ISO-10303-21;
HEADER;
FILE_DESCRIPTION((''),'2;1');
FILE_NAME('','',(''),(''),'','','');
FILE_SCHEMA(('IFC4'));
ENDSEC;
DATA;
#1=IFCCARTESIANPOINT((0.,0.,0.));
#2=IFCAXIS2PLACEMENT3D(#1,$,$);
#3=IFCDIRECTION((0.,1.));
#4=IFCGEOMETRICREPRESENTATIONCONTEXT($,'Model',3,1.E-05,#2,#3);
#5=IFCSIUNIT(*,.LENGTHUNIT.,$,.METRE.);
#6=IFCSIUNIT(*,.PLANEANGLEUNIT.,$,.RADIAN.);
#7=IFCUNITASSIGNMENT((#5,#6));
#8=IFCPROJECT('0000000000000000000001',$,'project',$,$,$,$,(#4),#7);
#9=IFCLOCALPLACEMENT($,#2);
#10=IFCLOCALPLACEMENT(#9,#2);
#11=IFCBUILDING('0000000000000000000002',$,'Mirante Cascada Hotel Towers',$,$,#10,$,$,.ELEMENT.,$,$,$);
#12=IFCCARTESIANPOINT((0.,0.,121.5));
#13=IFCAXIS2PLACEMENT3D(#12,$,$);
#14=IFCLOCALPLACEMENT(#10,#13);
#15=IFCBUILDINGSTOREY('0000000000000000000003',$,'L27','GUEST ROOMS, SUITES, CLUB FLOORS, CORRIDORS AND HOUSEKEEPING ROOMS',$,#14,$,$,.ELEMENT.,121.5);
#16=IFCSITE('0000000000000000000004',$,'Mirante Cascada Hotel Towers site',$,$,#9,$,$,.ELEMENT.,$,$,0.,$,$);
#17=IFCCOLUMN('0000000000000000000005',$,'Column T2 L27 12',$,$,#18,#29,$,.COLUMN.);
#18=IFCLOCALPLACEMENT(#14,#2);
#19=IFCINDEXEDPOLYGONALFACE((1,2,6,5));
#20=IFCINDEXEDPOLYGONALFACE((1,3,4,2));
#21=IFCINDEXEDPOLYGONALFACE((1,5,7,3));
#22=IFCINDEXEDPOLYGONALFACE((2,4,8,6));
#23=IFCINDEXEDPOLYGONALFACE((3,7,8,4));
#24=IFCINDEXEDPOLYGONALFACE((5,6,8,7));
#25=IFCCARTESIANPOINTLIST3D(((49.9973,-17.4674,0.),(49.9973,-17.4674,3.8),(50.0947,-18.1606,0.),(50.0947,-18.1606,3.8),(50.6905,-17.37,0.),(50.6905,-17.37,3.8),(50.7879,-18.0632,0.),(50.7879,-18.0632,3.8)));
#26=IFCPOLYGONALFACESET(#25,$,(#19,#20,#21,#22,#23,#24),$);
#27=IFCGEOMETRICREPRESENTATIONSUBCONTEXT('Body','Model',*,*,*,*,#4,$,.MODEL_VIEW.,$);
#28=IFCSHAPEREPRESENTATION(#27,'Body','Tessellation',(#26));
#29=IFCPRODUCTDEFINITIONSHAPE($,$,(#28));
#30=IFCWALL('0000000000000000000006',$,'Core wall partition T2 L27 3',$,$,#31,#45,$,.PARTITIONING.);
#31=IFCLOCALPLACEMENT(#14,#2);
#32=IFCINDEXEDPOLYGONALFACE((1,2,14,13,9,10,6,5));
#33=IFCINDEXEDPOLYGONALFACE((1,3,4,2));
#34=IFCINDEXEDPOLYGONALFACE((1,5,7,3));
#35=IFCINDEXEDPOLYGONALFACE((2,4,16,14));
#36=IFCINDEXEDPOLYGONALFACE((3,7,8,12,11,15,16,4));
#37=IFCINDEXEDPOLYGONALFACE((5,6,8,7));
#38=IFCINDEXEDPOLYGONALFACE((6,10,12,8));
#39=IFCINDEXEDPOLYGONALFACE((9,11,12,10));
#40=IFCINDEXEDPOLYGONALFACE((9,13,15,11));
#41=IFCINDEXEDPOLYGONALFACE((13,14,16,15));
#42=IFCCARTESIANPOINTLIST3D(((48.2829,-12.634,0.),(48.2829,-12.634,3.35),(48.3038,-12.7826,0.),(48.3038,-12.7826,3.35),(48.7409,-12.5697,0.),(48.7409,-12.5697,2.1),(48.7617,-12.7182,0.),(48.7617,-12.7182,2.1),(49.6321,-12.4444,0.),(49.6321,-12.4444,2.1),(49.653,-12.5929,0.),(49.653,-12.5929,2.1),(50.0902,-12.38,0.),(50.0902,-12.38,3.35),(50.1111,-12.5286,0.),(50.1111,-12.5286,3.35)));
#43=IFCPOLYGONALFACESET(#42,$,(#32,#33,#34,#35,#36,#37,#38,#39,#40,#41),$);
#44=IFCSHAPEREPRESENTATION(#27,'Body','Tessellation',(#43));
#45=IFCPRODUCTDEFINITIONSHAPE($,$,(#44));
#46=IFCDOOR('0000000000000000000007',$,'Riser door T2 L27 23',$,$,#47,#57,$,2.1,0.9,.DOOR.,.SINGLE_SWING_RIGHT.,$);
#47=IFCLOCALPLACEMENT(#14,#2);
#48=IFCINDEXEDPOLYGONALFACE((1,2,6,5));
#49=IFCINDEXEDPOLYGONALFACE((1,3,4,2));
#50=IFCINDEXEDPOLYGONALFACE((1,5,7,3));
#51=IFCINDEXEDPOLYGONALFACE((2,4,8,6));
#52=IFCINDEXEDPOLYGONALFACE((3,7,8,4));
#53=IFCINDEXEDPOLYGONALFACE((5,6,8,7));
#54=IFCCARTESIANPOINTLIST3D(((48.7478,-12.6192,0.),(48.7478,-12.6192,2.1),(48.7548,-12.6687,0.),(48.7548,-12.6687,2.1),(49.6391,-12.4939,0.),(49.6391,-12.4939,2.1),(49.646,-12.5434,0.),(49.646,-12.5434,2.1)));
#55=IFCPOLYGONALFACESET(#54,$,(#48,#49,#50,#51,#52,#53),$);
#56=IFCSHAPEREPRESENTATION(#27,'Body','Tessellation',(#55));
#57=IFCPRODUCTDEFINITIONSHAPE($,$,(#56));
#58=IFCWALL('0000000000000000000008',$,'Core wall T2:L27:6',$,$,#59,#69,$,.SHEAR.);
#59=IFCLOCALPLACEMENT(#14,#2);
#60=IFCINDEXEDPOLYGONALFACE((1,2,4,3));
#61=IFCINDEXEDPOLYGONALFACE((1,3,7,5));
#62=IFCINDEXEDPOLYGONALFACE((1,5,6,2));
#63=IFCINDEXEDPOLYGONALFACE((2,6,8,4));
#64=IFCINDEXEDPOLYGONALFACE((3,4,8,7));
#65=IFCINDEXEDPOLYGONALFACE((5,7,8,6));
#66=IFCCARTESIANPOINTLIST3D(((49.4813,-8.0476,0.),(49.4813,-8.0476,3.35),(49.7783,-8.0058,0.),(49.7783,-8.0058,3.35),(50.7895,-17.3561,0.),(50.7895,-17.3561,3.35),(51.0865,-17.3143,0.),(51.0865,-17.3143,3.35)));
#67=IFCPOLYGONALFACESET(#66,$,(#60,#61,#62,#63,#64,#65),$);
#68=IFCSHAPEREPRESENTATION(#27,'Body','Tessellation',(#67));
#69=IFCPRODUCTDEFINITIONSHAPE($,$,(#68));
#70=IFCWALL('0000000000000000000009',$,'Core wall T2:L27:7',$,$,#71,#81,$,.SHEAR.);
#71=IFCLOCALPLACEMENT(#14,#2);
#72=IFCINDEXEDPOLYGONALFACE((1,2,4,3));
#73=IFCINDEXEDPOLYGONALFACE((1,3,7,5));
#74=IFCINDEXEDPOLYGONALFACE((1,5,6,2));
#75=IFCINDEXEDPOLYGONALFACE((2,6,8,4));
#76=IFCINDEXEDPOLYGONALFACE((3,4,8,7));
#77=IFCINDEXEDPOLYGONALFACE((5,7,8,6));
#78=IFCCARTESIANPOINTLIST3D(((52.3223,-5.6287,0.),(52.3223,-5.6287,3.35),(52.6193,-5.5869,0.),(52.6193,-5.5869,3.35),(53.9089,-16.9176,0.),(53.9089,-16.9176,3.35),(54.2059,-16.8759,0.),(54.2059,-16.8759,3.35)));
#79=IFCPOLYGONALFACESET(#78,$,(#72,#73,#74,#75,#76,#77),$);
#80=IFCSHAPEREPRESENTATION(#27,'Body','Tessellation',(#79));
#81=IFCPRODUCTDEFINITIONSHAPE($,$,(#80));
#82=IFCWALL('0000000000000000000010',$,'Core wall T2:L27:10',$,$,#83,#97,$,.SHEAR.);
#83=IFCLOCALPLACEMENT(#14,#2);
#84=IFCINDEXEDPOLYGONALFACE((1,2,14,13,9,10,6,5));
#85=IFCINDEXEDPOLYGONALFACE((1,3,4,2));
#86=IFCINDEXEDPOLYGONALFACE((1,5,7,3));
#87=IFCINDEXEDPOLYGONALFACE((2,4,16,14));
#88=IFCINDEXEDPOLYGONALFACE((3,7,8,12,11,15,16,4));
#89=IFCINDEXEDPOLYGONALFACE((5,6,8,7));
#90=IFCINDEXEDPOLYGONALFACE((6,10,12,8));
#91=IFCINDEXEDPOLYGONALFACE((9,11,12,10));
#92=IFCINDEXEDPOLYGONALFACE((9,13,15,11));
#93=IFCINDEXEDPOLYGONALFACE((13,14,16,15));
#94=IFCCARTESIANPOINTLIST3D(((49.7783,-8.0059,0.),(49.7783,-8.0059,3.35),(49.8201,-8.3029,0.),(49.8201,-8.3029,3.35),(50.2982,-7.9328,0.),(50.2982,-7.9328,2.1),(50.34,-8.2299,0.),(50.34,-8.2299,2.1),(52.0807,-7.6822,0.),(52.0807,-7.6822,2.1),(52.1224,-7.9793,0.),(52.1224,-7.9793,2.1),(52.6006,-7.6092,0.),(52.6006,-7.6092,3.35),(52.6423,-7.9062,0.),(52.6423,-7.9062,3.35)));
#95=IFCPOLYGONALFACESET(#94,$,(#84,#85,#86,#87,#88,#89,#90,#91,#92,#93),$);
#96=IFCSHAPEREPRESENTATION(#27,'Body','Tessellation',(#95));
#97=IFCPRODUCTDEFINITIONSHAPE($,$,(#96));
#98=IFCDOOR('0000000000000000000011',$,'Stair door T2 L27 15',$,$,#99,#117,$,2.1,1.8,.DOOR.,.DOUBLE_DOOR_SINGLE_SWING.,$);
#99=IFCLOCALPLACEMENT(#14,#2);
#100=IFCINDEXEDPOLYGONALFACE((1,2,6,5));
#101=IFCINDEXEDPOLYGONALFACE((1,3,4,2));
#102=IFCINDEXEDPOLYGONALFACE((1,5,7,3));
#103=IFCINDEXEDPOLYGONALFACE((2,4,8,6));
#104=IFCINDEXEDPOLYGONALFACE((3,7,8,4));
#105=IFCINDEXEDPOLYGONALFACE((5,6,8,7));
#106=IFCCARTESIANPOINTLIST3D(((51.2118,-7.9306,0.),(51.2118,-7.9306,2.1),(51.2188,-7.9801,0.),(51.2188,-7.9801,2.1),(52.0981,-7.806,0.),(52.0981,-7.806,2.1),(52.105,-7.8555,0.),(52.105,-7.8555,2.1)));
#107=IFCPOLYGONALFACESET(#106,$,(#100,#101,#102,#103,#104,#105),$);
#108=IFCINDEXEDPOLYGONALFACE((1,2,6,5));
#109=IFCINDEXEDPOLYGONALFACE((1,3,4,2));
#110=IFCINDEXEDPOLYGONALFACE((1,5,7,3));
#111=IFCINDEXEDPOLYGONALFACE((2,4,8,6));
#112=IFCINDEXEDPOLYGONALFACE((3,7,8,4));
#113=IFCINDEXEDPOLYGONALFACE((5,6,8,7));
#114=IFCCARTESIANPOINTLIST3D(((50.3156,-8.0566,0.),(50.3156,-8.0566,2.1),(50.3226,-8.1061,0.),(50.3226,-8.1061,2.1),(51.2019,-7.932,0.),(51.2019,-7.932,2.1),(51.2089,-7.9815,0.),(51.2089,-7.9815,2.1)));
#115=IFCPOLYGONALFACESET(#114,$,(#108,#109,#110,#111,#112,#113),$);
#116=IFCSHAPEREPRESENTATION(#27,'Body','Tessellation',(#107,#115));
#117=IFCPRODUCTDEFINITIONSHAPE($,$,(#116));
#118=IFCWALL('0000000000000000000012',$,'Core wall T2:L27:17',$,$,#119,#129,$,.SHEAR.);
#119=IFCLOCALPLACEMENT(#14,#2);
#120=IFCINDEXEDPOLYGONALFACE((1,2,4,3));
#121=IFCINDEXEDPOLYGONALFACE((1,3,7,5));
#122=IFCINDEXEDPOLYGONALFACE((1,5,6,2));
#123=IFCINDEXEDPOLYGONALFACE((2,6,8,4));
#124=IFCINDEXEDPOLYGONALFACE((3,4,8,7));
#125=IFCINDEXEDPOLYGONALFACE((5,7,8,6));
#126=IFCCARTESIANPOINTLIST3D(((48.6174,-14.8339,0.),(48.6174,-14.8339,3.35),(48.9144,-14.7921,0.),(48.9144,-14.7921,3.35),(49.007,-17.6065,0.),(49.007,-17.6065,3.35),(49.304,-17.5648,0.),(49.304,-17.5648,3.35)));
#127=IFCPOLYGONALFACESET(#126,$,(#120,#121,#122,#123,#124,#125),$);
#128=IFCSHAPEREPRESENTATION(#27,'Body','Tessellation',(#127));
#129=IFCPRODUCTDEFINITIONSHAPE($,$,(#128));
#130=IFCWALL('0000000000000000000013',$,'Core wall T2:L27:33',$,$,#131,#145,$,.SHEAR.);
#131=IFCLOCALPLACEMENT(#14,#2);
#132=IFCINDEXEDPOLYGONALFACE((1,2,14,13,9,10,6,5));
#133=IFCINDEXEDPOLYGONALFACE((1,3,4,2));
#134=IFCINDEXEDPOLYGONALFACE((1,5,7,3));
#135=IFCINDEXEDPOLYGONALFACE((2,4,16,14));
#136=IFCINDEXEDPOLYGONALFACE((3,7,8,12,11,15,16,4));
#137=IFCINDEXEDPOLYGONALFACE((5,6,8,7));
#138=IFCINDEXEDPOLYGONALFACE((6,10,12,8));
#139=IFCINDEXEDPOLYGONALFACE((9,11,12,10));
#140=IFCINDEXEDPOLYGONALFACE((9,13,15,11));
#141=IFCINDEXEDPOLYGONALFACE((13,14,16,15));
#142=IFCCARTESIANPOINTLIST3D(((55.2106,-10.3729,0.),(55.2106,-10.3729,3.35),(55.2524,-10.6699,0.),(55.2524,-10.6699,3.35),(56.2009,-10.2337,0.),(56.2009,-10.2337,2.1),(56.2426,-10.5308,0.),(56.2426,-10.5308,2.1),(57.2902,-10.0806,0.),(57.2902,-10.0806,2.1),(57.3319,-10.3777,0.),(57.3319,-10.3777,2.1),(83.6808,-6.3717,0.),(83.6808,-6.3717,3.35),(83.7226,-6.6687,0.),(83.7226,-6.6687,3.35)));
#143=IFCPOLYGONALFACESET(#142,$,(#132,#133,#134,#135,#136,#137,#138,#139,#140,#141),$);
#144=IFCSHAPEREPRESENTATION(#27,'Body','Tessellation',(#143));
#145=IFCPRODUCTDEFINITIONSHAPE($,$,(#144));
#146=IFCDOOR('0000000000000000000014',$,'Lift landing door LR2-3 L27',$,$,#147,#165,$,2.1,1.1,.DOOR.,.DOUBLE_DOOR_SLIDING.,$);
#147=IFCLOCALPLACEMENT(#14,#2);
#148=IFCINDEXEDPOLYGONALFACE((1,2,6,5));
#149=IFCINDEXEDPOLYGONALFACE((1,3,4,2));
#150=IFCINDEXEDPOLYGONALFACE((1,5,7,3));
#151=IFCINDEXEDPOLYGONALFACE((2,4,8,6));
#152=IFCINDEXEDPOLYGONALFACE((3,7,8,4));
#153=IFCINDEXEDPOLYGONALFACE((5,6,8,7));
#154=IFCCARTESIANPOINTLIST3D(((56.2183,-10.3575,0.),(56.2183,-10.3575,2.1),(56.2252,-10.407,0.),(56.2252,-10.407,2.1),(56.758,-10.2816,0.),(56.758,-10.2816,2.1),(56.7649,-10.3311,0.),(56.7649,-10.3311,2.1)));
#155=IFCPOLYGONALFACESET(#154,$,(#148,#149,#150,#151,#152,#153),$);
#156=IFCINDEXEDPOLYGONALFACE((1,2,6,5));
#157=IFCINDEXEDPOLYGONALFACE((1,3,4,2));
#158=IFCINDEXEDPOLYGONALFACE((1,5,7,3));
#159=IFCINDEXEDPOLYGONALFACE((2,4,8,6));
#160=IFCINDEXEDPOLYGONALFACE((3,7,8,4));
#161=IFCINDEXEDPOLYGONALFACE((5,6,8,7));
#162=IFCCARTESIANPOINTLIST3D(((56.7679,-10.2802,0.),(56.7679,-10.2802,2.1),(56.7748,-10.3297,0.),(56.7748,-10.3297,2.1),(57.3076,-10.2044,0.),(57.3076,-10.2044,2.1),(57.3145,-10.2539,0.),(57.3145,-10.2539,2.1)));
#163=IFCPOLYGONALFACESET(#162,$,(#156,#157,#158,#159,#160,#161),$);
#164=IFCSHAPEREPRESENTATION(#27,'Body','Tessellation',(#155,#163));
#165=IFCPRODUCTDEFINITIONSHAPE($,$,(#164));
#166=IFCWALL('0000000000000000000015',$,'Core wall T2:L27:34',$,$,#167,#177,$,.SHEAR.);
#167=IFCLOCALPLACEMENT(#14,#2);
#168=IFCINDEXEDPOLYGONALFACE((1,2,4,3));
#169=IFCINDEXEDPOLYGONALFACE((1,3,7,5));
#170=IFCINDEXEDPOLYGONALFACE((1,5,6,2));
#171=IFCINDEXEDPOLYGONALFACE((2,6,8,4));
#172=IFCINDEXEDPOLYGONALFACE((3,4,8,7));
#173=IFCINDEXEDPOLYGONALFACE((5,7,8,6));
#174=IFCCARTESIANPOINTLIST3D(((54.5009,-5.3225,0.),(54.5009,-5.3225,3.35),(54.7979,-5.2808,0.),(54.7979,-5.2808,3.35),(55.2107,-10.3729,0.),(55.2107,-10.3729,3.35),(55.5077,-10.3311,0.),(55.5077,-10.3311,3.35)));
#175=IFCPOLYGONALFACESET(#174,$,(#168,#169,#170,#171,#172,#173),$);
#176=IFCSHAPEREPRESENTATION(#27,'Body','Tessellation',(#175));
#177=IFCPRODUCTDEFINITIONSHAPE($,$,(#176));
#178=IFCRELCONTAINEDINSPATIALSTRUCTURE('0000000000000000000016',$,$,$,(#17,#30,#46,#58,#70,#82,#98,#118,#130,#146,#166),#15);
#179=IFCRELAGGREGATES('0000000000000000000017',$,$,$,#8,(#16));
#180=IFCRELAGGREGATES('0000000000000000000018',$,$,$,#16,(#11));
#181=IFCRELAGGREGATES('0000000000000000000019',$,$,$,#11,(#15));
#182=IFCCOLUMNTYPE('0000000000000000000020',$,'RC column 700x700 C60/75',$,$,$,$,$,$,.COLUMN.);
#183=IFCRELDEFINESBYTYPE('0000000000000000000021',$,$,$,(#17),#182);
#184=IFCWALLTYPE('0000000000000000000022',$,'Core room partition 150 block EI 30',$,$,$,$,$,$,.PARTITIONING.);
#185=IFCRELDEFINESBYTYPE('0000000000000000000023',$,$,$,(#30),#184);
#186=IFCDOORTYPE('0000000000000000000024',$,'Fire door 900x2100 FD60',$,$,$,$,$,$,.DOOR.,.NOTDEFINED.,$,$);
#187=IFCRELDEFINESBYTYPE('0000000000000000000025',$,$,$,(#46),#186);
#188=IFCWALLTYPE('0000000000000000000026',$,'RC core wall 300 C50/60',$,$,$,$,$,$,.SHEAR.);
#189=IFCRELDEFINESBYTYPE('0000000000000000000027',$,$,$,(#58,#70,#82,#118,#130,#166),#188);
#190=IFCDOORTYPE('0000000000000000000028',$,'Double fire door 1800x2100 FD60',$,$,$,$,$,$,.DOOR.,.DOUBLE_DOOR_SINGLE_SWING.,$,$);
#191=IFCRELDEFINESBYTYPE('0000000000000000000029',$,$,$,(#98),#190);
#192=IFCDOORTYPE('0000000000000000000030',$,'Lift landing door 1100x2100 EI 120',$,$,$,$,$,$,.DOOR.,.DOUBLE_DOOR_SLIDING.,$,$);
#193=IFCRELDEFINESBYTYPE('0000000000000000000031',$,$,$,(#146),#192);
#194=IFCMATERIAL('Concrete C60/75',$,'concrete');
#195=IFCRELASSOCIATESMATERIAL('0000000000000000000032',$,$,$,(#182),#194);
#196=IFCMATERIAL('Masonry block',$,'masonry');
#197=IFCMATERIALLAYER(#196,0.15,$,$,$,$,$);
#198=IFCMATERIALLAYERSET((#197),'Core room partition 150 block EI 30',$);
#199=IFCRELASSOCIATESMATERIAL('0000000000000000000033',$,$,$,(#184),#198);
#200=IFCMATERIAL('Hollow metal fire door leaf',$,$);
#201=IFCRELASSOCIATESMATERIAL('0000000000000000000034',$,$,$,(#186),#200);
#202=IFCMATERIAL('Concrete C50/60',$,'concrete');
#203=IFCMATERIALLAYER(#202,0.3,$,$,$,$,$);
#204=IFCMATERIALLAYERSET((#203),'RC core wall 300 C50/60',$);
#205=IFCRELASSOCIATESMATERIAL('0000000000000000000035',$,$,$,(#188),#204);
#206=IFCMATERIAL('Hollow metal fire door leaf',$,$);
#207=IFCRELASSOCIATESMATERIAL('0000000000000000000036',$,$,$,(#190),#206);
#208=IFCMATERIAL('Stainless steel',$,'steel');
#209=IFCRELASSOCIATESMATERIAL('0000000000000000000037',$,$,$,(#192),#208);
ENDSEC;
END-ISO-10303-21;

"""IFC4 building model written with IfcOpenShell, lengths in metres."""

from ifc_helpers import new_model, si_unit, direction, frame, frame_2d, origin, origin_2d, place, context, subcontext, project, spatial, rectangle, extrude, material, layer, layer_set, material_profile, profile_set, type_object, element, fill, save


model = new_model("IFC4")

# Units and contexts
model_context = context("Model", 3, precision=1e-05, world=origin(), true_north=direction((0.0, 1.0)))
body_context = subcontext(model_context, "Body", "Model", "MODEL_VIEW")
ifc_project = project(units=[si_unit("LENGTHUNIT", "METRE"), si_unit("PLANEANGLEUNIT", "RADIAN")], contexts=[model_context])

# Site, building, storey
site_placement = place(None, origin())
site = spatial("IfcSite", under=ifc_project, at=site_placement, Name="Mirante Cascada Hotel Towers site", CompositionType="ELEMENT", RefElevation=0.0)
building_placement = place(site_placement, origin())
building = spatial("IfcBuilding", under=site, at=building_placement, Name="Mirante Cascada Hotel Towers", CompositionType="ELEMENT")
storey_placement = place(building_placement, frame((0.0, 0.0, 121.5)))
storey = spatial("IfcBuildingStorey", under=building, at=storey_placement, Name="L27", Description="GUEST ROOMS, SUITES, CLUB FLOORS, CORRIDORS AND HOUSEKEEPING ROOMS", CompositionType="ELEMENT", Elevation=121.5)

# Column
ifc_material_1 = material(Name="Concrete C60/75", Category="concrete")
ifc_material_profile = material_profile(ifc_material_1, rectangle(XDim=0.7, YDim=0.7, at=origin_2d()), Name="RC column 700x700 C60/75")
ifc_profile_set = profile_set([ifc_material_profile], Name="Concrete C60/75")
column_type = type_object("IfcColumnType", Name="RC column 700x700 C60/75", PredefinedType="COLUMN", material=ifc_profile_set)
column_placement = place(storey_placement, frame((50.3926, -17.7653, 0.0), z_axis=(0.0, 0.0, 1.0), x_axis=(0.990268, 0.139173, 0.0)))
element("IfcColumn", 1, at=column_placement, inside=storey, type_object=column_type, Name="Column T2 L27 12", PredefinedType="COLUMN", context=body_context, shape_type="SweptSolid", body=[
    extrude(rectangle(XDim=0.7, YDim=0.7, at=origin_2d()), origin(), (0.0, 0.0, 1.0), 3.8),
])

# Wall, opening, door
ifc_material_2 = material(Name="Masonry block", Category="masonry")
ifc_layer_1 = layer(ifc_material_2, 0.15)
ifc_layer_set_1 = layer_set([ifc_layer_1], Name="Core room partition 150 block EI 30")
wall_type_1 = type_object("IfcWallType", Name="Core room partition 150 block EI 30", PredefinedType="PARTITIONING", material=ifc_layer_set_1)
wall_1_placement = place(storey_placement, frame((48.2933, -12.7083, 0.0), z_axis=(0.0, 0.0, 1.0), x_axis=(0.990268, 0.139173, 0.0)))
wall_1 = element("IfcWall", 2, at=wall_1_placement, inside=storey, type_object=wall_type_1, Name="Core wall partition T2 L27 3", PredefinedType="PARTITIONING", context=body_context, shape_type="SweptSolid", body=[
    extrude(rectangle(XDim=1.8251, YDim=0.15, at=frame_2d((0.9126, 0.0))), origin(), (0.0, 0.0, 1.0), 3.35),
])
opening_1_placement = place(wall_1_placement, frame((0.4625, 0.0, 0.0)))
opening_1 = element("IfcOpeningElement", 3, at=opening_1_placement, cuts=wall_1, PredefinedType="OPENING", context=body_context, shape_type="SweptSolid", body=[
    extrude(rectangle(XDim=0.9, YDim=2.1, at=frame_2d((0.45, 1.05))), frame((0.0, 0.075, 0.0), z_axis=(0.0, -1.0, 0.0), x_axis=(1.0, 0.0, 0.0)), (0.0, 0.0, 1.0), 0.15),
])
ifc_material_3 = material(Name="Hollow metal fire door leaf")
door_type_1 = type_object("IfcDoorType", Name="Fire door 900x2100 FD60", OperationType="NOTDEFINED", PredefinedType="DOOR", material=ifc_material_3)
door_1_placement = place(opening_1_placement, frame((0.9, 0.0, 0.0), z_axis=(0.0, 0.0, 1.0), x_axis=(-1.0, 0.0, 0.0)))
door_1 = element("IfcDoor", 4, at=door_1_placement, inside=storey, type_object=door_type_1, Name="Riser door T2 L27 23", OperationType="SINGLE_SWING_RIGHT", OverallHeight=2.1, OverallWidth=0.9, PredefinedType="DOOR", context=body_context, shape_type="SweptSolid", body=[
    extrude(rectangle(XDim=0.9, YDim=2.1, at=frame_2d((0.45, 1.05))), frame((0.0, 0.025, 0.0), z_axis=(0.0, -1.0, 0.0), x_axis=(1.0, 0.0, 0.0)), (0.0, 0.0, 1.0), 0.05),
])
fill(opening_1, door_1)

# Walls
ifc_material_4 = material(Name="Concrete C50/60", Category="concrete")
ifc_layer_2 = layer(ifc_material_4, 0.3)
ifc_layer_set_2 = layer_set([ifc_layer_2], Name="RC core wall 300 C50/60")
wall_type_2 = type_object("IfcWallType", Name="RC core wall 300 C50/60", PredefinedType="SHEAR", material=ifc_layer_set_2)
wall_2_placement = place(storey_placement, frame((50.938, -17.3352, 0.0), z_axis=(0.0, 0.0, 1.0), x_axis=(-0.139171, 0.990268, 0.0)))
element("IfcWall", 5, at=wall_2_placement, inside=storey, type_object=wall_type_2, Name="Core wall T2:L27:6", PredefinedType="SHEAR", context=body_context, shape_type="SweptSolid", body=[
    extrude(rectangle(XDim=9.4, YDim=0.3, at=frame_2d((4.7, 0.0))), origin(), (0.0, 0.0, 1.0), 3.35),
])
wall_3_placement = place(storey_placement, frame((54.0574, -16.8968, 0.0), z_axis=(0.0, 0.0, 1.0), x_axis=(-0.139176, 0.990268, 0.0)))
element("IfcWall", 6, at=wall_3_placement, inside=storey, type_object=wall_type_2, Name="Core wall T2:L27:7", PredefinedType="SHEAR", context=body_context, shape_type="SweptSolid", body=[
    extrude(rectangle(XDim=11.3999, YDim=0.3, at=frame_2d((5.7, 0.0))), origin(), (0.0, 0.0, 1.0), 3.35),
])

# Wall, opening, door
wall_4_placement = place(storey_placement, frame((49.7992, -8.1544, 0.0), z_axis=(0.0, 0.0, 1.0), x_axis=(0.990266, 0.139191, 0.0)))
wall_4 = element("IfcWall", 7, at=wall_4_placement, inside=storey, type_object=wall_type_2, Name="Core wall T2:L27:10", PredefinedType="SHEAR", context=body_context, shape_type="SweptSolid", body=[
    extrude(rectangle(XDim=2.85, YDim=0.3, at=frame_2d((1.425, 0.0))), origin(), (0.0, 0.0, 1.0), 3.35),
])
opening_2_placement = place(wall_4_placement, frame((0.525, 0.0, 0.0)))
opening_2 = element("IfcOpeningElement", 8, at=opening_2_placement, cuts=wall_4, PredefinedType="OPENING", context=body_context, shape_type="SweptSolid", body=[
    extrude(rectangle(XDim=1.8, YDim=2.1, at=frame_2d((0.9, 1.05))), frame((0.0, 0.15, 0.0), z_axis=(0.0, -1.0, 0.0), x_axis=(1.0, 0.0, 0.0)), (0.0, 0.0, 1.0), 0.3),
])
ifc_material_5 = material(Name="Hollow metal fire door leaf")
door_type_2 = type_object("IfcDoorType", Name="Double fire door 1800x2100 FD60", OperationType="DOUBLE_DOOR_SINGLE_SWING", PredefinedType="DOOR", material=ifc_material_5)
door_2_placement = place(opening_2_placement, frame((1.8, 0.0, 0.0), z_axis=(0.0, 0.0, 1.0), x_axis=(-1.0, 0.0, 0.0)))
door_2 = element("IfcDoor", 9, at=door_2_placement, inside=storey, type_object=door_type_2, Name="Stair door T2 L27 15", OperationType="DOUBLE_DOOR_SINGLE_SWING", OverallHeight=2.1, OverallWidth=1.8, PredefinedType="DOOR", context=body_context, shape_type="SweptSolid", body=[
    extrude(rectangle(XDim=0.895, YDim=2.1, at=frame_2d((0.4475, 1.05))), frame((0.0, 0.025, 0.0), z_axis=(0.0, -1.0, 0.0), x_axis=(1.0, 0.0, 0.0)), (0.0, 0.0, 1.0), 0.05),
    extrude(rectangle(XDim=0.895, YDim=2.1, at=frame_2d((1.3525, 1.05))), frame((0.0, 0.025, 0.0), z_axis=(0.0, -1.0, 0.0), x_axis=(1.0, 0.0, 0.0)), (0.0, 0.0, 1.0), 0.05),
])
fill(opening_2, door_2)

# Wall
wall_5_placement = place(storey_placement, frame((49.1555, -17.5857, 0.0), z_axis=(0.0, 0.0, 1.0), x_axis=(-0.139146, 0.990272, 0.0)))
element("IfcWall", 10, at=wall_5_placement, inside=storey, type_object=wall_type_2, Name="Core wall T2:L27:17", PredefinedType="SHEAR", context=body_context, shape_type="SweptSolid", body=[
    extrude(rectangle(XDim=2.7999, YDim=0.3, at=frame_2d((1.4, 0.0))), origin(), (0.0, 0.0, 1.0), 3.35),
])

# Shared definitions
ifc_material_6 = material(Name="Stainless steel", Category="steel")
door_type_3 = type_object("IfcDoorType", Name="Lift landing door 1100x2100 EI 120", OperationType="DOUBLE_DOOR_SLIDING", PredefinedType="DOOR", material=ifc_material_6)

# Wall, opening, door
wall_6_placement = place(storey_placement, frame((55.2315, -10.5214, 0.0), z_axis=(0.0, 0.0, 1.0), x_axis=(0.990268, 0.139172, 0.0)))
wall_6 = element("IfcWall", 11, at=wall_6_placement, inside=storey, type_object=wall_type_2, Name="Core wall T2:L27:33", PredefinedType="SHEAR", context=body_context, shape_type="SweptSolid", body=[
    extrude(rectangle(XDim=28.75, YDim=0.3, at=frame_2d((14.375, 0.0))), origin(), (0.0, 0.0, 1.0), 3.35),
])
opening_3_placement = place(wall_6_placement, frame((1.0, 0.0, 0.0)))
opening_3 = element("IfcOpeningElement", 12, at=opening_3_placement, cuts=wall_6, PredefinedType="OPENING", context=body_context, shape_type="SweptSolid", body=[
    extrude(rectangle(XDim=1.1, YDim=2.1, at=frame_2d((0.55, 1.05))), frame((0.0, 0.15, 0.0), z_axis=(0.0, -1.0, 0.0), x_axis=(1.0, 0.0, 0.0)), (0.0, 0.0, 1.0), 0.3),
])
door_3_placement = place(opening_3_placement, origin())
door_3 = element("IfcDoor", 13, at=door_3_placement, inside=storey, type_object=door_type_3, Name="Lift landing door LR2-3 L27", OperationType="DOUBLE_DOOR_SLIDING", OverallHeight=2.1, OverallWidth=1.1, PredefinedType="DOOR", context=body_context, shape_type="SweptSolid", body=[
    extrude(rectangle(XDim=0.545, YDim=2.1, at=frame_2d((0.2725, 1.05))), frame((0.0, 0.025, 0.0), z_axis=(0.0, -1.0, 0.0), x_axis=(1.0, 0.0, 0.0)), (0.0, 0.0, 1.0), 0.05),
    extrude(rectangle(XDim=0.545, YDim=2.1, at=frame_2d((0.8275, 1.05))), frame((0.0, 0.025, 0.0), z_axis=(0.0, -1.0, 0.0), x_axis=(1.0, 0.0, 0.0)), (0.0, 0.0, 1.0), 0.05),
])
fill(opening_3, door_3)

# Wall
wall_7_placement = place(storey_placement, frame((55.3592, -10.352, 0.0), z_axis=(0.0, 0.0, 1.0), x_axis=(-0.139176, 0.990268, 0.0)))
element("IfcWall", 14, at=wall_7_placement, inside=storey, type_object=wall_type_2, Name="Core wall T2:L27:34", PredefinedType="SHEAR", context=body_context, shape_type="SweptSolid", body=[
    extrude(rectangle(XDim=5.1, YDim=0.3, at=frame_2d((2.55, 0.0))), origin(), (0.0, 0.0, 1.0), 3.35),
])

save(model, "model.ifc")
